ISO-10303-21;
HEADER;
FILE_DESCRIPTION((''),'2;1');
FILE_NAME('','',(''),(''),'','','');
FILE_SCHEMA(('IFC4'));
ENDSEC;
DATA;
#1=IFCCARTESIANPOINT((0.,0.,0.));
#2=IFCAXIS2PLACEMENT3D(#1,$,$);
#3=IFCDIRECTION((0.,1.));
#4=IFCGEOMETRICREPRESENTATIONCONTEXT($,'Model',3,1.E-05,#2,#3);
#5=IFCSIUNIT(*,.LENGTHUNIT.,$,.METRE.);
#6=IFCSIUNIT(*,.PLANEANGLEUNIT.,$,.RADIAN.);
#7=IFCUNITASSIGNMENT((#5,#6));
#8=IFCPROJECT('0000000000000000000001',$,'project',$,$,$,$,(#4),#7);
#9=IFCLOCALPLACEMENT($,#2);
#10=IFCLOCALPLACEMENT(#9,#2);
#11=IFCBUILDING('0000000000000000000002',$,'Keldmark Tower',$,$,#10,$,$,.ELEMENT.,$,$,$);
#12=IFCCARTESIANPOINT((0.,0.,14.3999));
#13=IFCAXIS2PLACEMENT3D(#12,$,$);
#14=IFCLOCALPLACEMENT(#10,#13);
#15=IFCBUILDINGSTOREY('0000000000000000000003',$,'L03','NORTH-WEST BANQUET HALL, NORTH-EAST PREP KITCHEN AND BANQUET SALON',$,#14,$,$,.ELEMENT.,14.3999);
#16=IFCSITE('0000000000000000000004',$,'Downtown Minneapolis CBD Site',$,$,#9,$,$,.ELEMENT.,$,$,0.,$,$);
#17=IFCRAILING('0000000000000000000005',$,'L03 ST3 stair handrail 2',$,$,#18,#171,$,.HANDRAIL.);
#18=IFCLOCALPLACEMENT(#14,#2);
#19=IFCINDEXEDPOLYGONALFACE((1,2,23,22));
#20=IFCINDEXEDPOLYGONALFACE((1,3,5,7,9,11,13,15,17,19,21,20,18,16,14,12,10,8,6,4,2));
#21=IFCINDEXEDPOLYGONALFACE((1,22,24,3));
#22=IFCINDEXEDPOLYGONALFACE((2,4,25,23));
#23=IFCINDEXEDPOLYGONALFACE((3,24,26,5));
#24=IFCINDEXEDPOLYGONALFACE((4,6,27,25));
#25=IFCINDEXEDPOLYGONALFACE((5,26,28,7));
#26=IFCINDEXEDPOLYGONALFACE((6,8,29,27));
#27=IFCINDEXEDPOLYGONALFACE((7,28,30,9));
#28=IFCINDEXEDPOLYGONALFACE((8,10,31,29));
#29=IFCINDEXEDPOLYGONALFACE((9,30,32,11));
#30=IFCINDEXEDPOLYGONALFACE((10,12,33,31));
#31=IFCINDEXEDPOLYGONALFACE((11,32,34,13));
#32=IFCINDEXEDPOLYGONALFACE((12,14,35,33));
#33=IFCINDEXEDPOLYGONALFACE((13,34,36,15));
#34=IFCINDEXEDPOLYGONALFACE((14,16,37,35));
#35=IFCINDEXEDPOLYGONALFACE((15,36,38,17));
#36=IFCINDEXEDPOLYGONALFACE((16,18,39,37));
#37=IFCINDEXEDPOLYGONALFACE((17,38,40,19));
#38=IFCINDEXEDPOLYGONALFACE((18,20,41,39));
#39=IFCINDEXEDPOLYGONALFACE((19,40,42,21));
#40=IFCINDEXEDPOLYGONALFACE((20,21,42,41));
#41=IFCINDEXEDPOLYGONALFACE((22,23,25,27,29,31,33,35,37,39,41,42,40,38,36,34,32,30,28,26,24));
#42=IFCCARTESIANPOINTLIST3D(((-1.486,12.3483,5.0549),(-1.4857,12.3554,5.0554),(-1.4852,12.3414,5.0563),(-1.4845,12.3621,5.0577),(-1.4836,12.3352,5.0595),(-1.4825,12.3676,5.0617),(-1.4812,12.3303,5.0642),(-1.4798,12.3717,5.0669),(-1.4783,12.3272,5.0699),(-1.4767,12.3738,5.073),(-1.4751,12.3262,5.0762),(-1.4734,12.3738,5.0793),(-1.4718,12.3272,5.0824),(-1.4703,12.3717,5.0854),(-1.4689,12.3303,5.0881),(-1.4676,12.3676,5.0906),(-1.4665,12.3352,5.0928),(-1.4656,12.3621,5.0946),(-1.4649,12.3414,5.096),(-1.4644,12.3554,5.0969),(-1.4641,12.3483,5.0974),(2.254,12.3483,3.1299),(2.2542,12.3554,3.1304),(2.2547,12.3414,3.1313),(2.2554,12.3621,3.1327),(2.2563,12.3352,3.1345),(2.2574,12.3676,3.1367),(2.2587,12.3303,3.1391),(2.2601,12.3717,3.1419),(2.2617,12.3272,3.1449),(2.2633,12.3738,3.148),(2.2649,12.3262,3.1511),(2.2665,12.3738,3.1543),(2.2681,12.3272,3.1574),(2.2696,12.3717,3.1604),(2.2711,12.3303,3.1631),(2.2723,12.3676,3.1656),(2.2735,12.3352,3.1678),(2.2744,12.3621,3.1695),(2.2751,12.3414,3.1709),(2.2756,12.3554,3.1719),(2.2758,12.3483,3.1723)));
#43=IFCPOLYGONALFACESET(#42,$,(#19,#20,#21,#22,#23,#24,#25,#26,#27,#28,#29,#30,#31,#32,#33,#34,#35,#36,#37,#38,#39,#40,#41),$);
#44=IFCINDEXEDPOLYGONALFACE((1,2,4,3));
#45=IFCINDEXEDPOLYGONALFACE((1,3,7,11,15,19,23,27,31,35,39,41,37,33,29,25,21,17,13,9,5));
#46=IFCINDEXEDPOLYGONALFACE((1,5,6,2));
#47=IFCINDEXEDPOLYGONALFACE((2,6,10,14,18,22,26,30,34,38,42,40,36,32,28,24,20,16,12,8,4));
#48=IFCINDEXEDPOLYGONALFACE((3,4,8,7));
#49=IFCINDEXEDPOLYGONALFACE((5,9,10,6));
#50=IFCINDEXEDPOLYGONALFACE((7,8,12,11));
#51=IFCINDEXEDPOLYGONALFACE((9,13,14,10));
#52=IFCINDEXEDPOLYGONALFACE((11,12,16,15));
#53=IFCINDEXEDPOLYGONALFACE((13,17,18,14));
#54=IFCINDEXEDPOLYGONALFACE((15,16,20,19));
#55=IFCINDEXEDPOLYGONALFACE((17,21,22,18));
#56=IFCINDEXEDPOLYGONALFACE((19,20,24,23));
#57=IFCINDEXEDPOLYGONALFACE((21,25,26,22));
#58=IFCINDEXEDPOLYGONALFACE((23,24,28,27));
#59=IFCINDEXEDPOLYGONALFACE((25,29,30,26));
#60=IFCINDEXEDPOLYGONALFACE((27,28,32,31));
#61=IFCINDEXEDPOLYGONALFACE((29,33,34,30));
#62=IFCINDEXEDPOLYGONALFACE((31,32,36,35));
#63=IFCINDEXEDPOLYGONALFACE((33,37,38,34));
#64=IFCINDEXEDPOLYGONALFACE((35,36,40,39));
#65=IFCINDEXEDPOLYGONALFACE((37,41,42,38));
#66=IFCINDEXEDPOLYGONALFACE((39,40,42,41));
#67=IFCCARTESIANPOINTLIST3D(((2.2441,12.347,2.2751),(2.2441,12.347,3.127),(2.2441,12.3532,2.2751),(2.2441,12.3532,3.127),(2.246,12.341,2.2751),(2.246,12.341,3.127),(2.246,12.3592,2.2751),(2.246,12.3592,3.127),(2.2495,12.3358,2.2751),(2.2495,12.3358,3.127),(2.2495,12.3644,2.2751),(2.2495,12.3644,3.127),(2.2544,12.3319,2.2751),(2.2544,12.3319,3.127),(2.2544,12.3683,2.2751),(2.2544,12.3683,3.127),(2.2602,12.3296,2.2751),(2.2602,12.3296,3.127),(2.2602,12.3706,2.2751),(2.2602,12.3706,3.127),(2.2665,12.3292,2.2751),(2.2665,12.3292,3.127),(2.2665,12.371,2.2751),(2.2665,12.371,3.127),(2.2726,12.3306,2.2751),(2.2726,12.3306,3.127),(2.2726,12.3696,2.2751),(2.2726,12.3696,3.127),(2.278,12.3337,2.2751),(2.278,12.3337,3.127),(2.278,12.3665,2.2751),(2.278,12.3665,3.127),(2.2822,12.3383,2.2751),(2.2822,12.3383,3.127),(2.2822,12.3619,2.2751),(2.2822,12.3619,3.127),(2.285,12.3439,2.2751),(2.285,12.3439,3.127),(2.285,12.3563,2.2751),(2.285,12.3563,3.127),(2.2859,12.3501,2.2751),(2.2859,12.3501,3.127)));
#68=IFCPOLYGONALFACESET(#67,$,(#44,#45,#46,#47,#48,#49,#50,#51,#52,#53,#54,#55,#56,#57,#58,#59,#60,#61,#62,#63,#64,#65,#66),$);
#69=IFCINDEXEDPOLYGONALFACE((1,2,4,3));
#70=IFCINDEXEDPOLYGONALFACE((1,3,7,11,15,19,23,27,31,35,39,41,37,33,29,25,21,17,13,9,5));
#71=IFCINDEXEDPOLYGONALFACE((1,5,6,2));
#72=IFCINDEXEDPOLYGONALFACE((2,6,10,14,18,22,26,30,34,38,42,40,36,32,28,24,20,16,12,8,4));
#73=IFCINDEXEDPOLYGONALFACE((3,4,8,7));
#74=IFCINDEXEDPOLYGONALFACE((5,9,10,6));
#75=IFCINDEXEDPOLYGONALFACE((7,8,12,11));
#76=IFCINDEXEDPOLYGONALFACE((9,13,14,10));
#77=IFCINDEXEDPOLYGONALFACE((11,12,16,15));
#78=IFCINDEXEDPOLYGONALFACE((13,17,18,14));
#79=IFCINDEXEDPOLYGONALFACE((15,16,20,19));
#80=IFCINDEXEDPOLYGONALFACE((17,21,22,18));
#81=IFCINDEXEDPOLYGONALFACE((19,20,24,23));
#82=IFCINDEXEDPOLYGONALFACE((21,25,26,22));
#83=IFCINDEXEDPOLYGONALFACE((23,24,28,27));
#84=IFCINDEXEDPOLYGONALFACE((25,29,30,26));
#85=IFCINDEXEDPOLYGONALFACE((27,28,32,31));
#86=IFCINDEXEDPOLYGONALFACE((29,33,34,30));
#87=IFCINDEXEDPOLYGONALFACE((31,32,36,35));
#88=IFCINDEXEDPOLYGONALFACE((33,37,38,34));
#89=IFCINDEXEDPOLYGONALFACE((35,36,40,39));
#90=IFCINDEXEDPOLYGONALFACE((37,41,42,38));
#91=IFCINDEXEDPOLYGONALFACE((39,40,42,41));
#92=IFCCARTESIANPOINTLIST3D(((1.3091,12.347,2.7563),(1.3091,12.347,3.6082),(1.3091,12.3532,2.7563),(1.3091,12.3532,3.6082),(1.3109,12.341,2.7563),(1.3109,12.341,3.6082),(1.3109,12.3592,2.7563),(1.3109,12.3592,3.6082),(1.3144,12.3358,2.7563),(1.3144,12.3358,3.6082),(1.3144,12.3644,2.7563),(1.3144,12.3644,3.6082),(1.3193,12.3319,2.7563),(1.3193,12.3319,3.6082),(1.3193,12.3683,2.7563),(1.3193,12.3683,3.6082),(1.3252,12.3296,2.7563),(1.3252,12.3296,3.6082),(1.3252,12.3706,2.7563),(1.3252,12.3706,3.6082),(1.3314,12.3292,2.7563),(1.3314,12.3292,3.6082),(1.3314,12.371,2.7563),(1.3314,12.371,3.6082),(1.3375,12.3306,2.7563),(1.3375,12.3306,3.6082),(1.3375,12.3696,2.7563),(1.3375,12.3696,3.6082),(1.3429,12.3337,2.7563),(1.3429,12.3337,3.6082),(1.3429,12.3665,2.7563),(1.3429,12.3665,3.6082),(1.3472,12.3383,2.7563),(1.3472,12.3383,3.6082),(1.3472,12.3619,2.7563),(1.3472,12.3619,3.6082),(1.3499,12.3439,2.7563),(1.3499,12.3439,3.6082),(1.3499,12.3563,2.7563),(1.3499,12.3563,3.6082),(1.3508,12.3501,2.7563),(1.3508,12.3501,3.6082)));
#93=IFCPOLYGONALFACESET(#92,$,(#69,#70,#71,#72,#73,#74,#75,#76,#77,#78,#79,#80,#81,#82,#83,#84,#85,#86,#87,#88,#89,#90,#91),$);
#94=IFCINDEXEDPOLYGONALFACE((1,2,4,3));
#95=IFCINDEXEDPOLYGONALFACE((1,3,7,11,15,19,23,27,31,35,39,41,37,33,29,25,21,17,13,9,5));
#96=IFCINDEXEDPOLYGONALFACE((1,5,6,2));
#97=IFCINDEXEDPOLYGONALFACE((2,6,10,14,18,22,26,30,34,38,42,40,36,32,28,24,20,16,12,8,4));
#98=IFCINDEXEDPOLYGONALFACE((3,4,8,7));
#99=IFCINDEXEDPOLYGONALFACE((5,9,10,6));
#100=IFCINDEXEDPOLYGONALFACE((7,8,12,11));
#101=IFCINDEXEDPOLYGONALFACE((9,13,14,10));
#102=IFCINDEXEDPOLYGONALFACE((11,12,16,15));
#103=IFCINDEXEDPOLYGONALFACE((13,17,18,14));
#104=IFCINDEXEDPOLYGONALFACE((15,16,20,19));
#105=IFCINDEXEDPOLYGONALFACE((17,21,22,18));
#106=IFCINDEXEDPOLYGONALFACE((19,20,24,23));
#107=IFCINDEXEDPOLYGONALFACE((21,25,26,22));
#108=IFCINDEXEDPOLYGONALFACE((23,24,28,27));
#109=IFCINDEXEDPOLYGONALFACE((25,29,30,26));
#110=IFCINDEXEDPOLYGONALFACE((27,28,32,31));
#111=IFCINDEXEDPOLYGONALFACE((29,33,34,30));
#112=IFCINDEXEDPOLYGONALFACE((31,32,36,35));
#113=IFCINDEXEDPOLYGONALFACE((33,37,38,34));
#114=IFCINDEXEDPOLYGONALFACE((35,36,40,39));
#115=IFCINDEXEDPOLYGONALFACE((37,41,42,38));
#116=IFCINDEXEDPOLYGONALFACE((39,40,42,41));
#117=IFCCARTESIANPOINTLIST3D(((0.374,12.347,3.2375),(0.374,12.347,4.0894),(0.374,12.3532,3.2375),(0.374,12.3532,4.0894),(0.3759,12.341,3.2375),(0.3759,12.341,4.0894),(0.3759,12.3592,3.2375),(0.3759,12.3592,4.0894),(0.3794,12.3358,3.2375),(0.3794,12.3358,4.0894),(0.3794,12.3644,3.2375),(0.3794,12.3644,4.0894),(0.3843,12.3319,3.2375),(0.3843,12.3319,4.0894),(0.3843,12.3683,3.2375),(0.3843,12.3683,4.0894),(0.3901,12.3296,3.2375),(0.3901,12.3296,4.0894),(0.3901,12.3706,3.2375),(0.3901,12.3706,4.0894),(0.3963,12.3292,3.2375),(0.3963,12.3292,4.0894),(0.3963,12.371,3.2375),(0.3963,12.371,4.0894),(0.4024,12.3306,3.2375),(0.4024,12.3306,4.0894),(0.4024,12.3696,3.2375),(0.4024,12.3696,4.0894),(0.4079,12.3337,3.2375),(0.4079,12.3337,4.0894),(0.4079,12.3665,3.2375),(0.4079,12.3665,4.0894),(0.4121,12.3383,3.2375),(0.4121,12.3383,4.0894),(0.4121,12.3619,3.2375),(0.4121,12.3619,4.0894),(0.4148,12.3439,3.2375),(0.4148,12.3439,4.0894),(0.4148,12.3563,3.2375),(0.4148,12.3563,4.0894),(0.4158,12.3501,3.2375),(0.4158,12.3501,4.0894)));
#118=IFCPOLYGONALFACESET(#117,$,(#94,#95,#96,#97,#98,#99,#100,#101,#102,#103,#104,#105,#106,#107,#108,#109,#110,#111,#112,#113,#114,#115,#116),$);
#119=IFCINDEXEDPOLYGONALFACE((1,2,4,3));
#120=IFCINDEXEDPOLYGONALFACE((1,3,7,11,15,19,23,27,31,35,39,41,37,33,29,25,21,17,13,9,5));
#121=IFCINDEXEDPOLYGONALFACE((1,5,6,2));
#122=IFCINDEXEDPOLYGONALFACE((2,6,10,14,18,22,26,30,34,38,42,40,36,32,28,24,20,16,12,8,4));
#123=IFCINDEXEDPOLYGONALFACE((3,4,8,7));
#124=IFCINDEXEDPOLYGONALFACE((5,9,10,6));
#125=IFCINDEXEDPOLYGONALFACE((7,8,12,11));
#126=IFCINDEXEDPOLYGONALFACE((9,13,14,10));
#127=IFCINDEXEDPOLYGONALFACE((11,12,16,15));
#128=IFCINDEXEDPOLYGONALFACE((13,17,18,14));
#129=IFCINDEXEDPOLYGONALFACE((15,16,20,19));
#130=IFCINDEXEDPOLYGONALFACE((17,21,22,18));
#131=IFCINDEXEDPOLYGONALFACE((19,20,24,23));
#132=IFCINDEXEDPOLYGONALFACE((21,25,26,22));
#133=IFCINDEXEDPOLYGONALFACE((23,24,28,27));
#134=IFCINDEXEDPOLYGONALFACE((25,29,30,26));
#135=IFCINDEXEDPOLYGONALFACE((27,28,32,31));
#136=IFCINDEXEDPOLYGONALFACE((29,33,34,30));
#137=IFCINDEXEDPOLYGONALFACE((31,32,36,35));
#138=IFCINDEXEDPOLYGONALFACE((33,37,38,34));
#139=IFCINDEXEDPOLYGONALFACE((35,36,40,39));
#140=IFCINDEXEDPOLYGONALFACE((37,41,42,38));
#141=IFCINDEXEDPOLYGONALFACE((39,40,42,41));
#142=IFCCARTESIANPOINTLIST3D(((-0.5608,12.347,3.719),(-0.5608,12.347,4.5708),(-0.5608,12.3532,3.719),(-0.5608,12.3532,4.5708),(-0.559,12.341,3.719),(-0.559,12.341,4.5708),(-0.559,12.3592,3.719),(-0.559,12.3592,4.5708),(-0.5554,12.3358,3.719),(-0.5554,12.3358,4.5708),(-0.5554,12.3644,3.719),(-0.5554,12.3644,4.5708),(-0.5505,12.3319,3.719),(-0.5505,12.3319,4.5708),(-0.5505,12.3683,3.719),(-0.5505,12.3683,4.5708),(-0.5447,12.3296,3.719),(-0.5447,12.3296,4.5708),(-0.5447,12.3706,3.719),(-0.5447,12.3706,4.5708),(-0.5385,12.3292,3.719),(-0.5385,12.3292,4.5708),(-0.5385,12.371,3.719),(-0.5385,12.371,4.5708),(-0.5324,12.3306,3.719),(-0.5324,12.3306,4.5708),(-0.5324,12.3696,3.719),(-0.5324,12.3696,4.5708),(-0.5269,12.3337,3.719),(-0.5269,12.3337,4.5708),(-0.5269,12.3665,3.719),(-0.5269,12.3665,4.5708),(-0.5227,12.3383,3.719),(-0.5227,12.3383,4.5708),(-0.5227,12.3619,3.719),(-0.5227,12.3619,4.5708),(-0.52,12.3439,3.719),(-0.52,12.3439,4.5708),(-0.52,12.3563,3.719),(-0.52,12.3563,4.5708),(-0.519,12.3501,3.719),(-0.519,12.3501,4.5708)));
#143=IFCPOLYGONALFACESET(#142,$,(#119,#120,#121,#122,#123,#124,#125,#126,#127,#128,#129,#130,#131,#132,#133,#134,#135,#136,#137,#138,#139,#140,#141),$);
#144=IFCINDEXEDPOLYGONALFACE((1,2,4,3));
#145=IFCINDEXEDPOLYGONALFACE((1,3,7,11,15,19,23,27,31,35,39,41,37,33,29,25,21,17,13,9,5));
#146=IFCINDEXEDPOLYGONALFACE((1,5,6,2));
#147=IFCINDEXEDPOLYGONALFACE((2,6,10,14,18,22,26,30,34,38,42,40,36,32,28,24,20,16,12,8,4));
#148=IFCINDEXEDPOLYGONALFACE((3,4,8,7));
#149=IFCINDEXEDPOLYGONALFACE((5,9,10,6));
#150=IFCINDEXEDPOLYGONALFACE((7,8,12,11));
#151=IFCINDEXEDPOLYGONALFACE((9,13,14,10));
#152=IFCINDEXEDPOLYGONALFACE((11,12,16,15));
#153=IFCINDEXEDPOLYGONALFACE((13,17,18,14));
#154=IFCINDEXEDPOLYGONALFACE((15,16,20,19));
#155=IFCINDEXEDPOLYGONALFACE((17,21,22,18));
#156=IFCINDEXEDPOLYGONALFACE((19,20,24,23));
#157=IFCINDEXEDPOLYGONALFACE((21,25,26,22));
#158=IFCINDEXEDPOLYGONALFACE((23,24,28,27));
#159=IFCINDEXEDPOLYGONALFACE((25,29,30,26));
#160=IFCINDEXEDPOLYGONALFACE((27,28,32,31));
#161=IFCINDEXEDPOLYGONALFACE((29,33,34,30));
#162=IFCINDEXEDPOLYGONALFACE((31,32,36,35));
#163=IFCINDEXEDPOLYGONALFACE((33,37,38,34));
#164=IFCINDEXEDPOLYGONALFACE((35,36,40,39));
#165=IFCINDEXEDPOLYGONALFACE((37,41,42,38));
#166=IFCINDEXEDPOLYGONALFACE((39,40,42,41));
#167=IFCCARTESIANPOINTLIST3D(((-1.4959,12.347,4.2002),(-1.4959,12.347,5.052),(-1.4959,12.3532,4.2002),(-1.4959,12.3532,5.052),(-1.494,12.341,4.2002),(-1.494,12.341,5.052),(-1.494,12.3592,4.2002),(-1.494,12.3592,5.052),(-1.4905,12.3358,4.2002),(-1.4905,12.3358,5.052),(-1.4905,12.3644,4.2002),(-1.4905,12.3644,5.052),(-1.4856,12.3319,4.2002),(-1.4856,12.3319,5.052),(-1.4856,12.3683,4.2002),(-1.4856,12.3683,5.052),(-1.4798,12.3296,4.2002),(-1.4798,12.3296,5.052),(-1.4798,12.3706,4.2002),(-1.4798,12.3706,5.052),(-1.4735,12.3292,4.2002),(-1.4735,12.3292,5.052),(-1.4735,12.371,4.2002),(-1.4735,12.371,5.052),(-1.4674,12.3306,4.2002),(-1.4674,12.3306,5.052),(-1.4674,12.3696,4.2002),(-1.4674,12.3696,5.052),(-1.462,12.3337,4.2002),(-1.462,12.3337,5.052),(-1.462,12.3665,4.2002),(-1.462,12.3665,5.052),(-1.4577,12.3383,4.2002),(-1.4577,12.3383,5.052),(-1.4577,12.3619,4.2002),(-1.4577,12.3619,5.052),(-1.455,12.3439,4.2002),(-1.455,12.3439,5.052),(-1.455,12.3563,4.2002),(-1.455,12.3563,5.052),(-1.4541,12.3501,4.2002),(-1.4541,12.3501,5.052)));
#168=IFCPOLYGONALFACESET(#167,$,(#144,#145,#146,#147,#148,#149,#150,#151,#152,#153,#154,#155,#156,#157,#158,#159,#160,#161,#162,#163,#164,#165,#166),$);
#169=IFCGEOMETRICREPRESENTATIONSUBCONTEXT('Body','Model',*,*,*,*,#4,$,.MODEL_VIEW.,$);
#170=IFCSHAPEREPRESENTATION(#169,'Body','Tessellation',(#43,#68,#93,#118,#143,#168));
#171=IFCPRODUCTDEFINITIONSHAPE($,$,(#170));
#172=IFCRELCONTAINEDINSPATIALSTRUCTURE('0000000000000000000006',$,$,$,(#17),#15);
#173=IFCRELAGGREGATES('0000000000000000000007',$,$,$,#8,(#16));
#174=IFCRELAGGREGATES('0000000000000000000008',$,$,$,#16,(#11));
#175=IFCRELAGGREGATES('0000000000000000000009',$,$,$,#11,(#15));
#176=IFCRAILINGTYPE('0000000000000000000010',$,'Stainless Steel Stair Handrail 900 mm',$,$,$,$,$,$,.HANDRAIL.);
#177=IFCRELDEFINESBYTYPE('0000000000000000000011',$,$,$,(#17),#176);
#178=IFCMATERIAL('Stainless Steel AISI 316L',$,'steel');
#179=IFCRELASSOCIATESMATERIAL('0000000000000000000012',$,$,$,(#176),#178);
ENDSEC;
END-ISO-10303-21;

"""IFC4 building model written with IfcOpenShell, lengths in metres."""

from ifc_helpers import new_model, si_unit, direction, frame, origin, origin_2d, place, context, subcontext, project, spatial, circle, extrude, material, type_object, element, save


model = new_model("IFC4")

# Units and contexts
model_context = context("Model", 3, precision=1e-05, world=origin(), true_north=direction((0.0, 1.0)))
body_context = subcontext(model_context, "Body", "Model", "MODEL_VIEW")
ifc_project = project(units=[si_unit("LENGTHUNIT", "METRE"), si_unit("PLANEANGLEUNIT", "RADIAN")], contexts=[model_context])

# Site, building, storey
site_placement = place(None, origin())
site = spatial("IfcSite", under=ifc_project, at=site_placement, Name="Downtown Minneapolis CBD Site", CompositionType="ELEMENT", RefElevation=0.0)
building_placement = place(site_placement, origin())
building = spatial("IfcBuilding", under=site, at=building_placement, Name="Keldmark Tower", CompositionType="ELEMENT")
storey_placement = place(building_placement, frame((0.0, 0.0, 14.3999)))
storey = spatial("IfcBuildingStorey", under=building, at=storey_placement, Name="L03", Description="NORTH-WEST BANQUET HALL, NORTH-EAST PREP KITCHEN AND BANQUET SALON", CompositionType="ELEMENT", Elevation=14.3999)

# Railing
ifc_material_1 = material(Name="Stainless Steel AISI 316L", Category="steel")
railing_type_1 = type_object("IfcRailingType", Name="Stainless Steel Stair Handrail 900 mm", PredefinedType="HANDRAIL", material=ifc_material_1)
railing_1_placement = place(storey_placement, frame((2.2649, 12.3501, 2.2751)))
element("IfcRailing", 1, at=railing_1_placement, inside=storey, type_object=railing_type_1, Name="L03 ST3 stair handrail 2", PredefinedType="HANDRAIL", context=body_context, shape_type="SweptSolid", body=[
    extrude(circle(Radius=0.0239, at=origin_2d()), frame((0.0, 0.0, 0.876), z_axis=(-0.889131, 0.0, 0.457654), x_axis=(0.0, -1.0, 0.0)), (0.0, 0.0, 1.0), 4.2063),
    extrude(circle(Radius=0.021, at=origin_2d()), origin(), (0.0, 0.0, 1.0), 0.8518),
    extrude(circle(Radius=0.021, at=origin_2d()), frame((-0.9351, 0.0, 0.4812)), (0.0, 0.0, 1.0), 0.8518),
    extrude(circle(Radius=0.021, at=origin_2d()), frame((-1.8701, 0.0, 0.9624)), (0.0, 0.0, 1.0), 0.8518),
    extrude(circle(Radius=0.021, at=origin_2d()), frame((-2.8049, 0.0, 1.4438)), (0.0, 0.0, 1.0), 0.8518),
    extrude(circle(Radius=0.021, at=origin_2d()), frame((-3.74, 0.0, 1.925)), (0.0, 0.0, 1.0), 0.8518),
])

save(model, "model.ifc")
